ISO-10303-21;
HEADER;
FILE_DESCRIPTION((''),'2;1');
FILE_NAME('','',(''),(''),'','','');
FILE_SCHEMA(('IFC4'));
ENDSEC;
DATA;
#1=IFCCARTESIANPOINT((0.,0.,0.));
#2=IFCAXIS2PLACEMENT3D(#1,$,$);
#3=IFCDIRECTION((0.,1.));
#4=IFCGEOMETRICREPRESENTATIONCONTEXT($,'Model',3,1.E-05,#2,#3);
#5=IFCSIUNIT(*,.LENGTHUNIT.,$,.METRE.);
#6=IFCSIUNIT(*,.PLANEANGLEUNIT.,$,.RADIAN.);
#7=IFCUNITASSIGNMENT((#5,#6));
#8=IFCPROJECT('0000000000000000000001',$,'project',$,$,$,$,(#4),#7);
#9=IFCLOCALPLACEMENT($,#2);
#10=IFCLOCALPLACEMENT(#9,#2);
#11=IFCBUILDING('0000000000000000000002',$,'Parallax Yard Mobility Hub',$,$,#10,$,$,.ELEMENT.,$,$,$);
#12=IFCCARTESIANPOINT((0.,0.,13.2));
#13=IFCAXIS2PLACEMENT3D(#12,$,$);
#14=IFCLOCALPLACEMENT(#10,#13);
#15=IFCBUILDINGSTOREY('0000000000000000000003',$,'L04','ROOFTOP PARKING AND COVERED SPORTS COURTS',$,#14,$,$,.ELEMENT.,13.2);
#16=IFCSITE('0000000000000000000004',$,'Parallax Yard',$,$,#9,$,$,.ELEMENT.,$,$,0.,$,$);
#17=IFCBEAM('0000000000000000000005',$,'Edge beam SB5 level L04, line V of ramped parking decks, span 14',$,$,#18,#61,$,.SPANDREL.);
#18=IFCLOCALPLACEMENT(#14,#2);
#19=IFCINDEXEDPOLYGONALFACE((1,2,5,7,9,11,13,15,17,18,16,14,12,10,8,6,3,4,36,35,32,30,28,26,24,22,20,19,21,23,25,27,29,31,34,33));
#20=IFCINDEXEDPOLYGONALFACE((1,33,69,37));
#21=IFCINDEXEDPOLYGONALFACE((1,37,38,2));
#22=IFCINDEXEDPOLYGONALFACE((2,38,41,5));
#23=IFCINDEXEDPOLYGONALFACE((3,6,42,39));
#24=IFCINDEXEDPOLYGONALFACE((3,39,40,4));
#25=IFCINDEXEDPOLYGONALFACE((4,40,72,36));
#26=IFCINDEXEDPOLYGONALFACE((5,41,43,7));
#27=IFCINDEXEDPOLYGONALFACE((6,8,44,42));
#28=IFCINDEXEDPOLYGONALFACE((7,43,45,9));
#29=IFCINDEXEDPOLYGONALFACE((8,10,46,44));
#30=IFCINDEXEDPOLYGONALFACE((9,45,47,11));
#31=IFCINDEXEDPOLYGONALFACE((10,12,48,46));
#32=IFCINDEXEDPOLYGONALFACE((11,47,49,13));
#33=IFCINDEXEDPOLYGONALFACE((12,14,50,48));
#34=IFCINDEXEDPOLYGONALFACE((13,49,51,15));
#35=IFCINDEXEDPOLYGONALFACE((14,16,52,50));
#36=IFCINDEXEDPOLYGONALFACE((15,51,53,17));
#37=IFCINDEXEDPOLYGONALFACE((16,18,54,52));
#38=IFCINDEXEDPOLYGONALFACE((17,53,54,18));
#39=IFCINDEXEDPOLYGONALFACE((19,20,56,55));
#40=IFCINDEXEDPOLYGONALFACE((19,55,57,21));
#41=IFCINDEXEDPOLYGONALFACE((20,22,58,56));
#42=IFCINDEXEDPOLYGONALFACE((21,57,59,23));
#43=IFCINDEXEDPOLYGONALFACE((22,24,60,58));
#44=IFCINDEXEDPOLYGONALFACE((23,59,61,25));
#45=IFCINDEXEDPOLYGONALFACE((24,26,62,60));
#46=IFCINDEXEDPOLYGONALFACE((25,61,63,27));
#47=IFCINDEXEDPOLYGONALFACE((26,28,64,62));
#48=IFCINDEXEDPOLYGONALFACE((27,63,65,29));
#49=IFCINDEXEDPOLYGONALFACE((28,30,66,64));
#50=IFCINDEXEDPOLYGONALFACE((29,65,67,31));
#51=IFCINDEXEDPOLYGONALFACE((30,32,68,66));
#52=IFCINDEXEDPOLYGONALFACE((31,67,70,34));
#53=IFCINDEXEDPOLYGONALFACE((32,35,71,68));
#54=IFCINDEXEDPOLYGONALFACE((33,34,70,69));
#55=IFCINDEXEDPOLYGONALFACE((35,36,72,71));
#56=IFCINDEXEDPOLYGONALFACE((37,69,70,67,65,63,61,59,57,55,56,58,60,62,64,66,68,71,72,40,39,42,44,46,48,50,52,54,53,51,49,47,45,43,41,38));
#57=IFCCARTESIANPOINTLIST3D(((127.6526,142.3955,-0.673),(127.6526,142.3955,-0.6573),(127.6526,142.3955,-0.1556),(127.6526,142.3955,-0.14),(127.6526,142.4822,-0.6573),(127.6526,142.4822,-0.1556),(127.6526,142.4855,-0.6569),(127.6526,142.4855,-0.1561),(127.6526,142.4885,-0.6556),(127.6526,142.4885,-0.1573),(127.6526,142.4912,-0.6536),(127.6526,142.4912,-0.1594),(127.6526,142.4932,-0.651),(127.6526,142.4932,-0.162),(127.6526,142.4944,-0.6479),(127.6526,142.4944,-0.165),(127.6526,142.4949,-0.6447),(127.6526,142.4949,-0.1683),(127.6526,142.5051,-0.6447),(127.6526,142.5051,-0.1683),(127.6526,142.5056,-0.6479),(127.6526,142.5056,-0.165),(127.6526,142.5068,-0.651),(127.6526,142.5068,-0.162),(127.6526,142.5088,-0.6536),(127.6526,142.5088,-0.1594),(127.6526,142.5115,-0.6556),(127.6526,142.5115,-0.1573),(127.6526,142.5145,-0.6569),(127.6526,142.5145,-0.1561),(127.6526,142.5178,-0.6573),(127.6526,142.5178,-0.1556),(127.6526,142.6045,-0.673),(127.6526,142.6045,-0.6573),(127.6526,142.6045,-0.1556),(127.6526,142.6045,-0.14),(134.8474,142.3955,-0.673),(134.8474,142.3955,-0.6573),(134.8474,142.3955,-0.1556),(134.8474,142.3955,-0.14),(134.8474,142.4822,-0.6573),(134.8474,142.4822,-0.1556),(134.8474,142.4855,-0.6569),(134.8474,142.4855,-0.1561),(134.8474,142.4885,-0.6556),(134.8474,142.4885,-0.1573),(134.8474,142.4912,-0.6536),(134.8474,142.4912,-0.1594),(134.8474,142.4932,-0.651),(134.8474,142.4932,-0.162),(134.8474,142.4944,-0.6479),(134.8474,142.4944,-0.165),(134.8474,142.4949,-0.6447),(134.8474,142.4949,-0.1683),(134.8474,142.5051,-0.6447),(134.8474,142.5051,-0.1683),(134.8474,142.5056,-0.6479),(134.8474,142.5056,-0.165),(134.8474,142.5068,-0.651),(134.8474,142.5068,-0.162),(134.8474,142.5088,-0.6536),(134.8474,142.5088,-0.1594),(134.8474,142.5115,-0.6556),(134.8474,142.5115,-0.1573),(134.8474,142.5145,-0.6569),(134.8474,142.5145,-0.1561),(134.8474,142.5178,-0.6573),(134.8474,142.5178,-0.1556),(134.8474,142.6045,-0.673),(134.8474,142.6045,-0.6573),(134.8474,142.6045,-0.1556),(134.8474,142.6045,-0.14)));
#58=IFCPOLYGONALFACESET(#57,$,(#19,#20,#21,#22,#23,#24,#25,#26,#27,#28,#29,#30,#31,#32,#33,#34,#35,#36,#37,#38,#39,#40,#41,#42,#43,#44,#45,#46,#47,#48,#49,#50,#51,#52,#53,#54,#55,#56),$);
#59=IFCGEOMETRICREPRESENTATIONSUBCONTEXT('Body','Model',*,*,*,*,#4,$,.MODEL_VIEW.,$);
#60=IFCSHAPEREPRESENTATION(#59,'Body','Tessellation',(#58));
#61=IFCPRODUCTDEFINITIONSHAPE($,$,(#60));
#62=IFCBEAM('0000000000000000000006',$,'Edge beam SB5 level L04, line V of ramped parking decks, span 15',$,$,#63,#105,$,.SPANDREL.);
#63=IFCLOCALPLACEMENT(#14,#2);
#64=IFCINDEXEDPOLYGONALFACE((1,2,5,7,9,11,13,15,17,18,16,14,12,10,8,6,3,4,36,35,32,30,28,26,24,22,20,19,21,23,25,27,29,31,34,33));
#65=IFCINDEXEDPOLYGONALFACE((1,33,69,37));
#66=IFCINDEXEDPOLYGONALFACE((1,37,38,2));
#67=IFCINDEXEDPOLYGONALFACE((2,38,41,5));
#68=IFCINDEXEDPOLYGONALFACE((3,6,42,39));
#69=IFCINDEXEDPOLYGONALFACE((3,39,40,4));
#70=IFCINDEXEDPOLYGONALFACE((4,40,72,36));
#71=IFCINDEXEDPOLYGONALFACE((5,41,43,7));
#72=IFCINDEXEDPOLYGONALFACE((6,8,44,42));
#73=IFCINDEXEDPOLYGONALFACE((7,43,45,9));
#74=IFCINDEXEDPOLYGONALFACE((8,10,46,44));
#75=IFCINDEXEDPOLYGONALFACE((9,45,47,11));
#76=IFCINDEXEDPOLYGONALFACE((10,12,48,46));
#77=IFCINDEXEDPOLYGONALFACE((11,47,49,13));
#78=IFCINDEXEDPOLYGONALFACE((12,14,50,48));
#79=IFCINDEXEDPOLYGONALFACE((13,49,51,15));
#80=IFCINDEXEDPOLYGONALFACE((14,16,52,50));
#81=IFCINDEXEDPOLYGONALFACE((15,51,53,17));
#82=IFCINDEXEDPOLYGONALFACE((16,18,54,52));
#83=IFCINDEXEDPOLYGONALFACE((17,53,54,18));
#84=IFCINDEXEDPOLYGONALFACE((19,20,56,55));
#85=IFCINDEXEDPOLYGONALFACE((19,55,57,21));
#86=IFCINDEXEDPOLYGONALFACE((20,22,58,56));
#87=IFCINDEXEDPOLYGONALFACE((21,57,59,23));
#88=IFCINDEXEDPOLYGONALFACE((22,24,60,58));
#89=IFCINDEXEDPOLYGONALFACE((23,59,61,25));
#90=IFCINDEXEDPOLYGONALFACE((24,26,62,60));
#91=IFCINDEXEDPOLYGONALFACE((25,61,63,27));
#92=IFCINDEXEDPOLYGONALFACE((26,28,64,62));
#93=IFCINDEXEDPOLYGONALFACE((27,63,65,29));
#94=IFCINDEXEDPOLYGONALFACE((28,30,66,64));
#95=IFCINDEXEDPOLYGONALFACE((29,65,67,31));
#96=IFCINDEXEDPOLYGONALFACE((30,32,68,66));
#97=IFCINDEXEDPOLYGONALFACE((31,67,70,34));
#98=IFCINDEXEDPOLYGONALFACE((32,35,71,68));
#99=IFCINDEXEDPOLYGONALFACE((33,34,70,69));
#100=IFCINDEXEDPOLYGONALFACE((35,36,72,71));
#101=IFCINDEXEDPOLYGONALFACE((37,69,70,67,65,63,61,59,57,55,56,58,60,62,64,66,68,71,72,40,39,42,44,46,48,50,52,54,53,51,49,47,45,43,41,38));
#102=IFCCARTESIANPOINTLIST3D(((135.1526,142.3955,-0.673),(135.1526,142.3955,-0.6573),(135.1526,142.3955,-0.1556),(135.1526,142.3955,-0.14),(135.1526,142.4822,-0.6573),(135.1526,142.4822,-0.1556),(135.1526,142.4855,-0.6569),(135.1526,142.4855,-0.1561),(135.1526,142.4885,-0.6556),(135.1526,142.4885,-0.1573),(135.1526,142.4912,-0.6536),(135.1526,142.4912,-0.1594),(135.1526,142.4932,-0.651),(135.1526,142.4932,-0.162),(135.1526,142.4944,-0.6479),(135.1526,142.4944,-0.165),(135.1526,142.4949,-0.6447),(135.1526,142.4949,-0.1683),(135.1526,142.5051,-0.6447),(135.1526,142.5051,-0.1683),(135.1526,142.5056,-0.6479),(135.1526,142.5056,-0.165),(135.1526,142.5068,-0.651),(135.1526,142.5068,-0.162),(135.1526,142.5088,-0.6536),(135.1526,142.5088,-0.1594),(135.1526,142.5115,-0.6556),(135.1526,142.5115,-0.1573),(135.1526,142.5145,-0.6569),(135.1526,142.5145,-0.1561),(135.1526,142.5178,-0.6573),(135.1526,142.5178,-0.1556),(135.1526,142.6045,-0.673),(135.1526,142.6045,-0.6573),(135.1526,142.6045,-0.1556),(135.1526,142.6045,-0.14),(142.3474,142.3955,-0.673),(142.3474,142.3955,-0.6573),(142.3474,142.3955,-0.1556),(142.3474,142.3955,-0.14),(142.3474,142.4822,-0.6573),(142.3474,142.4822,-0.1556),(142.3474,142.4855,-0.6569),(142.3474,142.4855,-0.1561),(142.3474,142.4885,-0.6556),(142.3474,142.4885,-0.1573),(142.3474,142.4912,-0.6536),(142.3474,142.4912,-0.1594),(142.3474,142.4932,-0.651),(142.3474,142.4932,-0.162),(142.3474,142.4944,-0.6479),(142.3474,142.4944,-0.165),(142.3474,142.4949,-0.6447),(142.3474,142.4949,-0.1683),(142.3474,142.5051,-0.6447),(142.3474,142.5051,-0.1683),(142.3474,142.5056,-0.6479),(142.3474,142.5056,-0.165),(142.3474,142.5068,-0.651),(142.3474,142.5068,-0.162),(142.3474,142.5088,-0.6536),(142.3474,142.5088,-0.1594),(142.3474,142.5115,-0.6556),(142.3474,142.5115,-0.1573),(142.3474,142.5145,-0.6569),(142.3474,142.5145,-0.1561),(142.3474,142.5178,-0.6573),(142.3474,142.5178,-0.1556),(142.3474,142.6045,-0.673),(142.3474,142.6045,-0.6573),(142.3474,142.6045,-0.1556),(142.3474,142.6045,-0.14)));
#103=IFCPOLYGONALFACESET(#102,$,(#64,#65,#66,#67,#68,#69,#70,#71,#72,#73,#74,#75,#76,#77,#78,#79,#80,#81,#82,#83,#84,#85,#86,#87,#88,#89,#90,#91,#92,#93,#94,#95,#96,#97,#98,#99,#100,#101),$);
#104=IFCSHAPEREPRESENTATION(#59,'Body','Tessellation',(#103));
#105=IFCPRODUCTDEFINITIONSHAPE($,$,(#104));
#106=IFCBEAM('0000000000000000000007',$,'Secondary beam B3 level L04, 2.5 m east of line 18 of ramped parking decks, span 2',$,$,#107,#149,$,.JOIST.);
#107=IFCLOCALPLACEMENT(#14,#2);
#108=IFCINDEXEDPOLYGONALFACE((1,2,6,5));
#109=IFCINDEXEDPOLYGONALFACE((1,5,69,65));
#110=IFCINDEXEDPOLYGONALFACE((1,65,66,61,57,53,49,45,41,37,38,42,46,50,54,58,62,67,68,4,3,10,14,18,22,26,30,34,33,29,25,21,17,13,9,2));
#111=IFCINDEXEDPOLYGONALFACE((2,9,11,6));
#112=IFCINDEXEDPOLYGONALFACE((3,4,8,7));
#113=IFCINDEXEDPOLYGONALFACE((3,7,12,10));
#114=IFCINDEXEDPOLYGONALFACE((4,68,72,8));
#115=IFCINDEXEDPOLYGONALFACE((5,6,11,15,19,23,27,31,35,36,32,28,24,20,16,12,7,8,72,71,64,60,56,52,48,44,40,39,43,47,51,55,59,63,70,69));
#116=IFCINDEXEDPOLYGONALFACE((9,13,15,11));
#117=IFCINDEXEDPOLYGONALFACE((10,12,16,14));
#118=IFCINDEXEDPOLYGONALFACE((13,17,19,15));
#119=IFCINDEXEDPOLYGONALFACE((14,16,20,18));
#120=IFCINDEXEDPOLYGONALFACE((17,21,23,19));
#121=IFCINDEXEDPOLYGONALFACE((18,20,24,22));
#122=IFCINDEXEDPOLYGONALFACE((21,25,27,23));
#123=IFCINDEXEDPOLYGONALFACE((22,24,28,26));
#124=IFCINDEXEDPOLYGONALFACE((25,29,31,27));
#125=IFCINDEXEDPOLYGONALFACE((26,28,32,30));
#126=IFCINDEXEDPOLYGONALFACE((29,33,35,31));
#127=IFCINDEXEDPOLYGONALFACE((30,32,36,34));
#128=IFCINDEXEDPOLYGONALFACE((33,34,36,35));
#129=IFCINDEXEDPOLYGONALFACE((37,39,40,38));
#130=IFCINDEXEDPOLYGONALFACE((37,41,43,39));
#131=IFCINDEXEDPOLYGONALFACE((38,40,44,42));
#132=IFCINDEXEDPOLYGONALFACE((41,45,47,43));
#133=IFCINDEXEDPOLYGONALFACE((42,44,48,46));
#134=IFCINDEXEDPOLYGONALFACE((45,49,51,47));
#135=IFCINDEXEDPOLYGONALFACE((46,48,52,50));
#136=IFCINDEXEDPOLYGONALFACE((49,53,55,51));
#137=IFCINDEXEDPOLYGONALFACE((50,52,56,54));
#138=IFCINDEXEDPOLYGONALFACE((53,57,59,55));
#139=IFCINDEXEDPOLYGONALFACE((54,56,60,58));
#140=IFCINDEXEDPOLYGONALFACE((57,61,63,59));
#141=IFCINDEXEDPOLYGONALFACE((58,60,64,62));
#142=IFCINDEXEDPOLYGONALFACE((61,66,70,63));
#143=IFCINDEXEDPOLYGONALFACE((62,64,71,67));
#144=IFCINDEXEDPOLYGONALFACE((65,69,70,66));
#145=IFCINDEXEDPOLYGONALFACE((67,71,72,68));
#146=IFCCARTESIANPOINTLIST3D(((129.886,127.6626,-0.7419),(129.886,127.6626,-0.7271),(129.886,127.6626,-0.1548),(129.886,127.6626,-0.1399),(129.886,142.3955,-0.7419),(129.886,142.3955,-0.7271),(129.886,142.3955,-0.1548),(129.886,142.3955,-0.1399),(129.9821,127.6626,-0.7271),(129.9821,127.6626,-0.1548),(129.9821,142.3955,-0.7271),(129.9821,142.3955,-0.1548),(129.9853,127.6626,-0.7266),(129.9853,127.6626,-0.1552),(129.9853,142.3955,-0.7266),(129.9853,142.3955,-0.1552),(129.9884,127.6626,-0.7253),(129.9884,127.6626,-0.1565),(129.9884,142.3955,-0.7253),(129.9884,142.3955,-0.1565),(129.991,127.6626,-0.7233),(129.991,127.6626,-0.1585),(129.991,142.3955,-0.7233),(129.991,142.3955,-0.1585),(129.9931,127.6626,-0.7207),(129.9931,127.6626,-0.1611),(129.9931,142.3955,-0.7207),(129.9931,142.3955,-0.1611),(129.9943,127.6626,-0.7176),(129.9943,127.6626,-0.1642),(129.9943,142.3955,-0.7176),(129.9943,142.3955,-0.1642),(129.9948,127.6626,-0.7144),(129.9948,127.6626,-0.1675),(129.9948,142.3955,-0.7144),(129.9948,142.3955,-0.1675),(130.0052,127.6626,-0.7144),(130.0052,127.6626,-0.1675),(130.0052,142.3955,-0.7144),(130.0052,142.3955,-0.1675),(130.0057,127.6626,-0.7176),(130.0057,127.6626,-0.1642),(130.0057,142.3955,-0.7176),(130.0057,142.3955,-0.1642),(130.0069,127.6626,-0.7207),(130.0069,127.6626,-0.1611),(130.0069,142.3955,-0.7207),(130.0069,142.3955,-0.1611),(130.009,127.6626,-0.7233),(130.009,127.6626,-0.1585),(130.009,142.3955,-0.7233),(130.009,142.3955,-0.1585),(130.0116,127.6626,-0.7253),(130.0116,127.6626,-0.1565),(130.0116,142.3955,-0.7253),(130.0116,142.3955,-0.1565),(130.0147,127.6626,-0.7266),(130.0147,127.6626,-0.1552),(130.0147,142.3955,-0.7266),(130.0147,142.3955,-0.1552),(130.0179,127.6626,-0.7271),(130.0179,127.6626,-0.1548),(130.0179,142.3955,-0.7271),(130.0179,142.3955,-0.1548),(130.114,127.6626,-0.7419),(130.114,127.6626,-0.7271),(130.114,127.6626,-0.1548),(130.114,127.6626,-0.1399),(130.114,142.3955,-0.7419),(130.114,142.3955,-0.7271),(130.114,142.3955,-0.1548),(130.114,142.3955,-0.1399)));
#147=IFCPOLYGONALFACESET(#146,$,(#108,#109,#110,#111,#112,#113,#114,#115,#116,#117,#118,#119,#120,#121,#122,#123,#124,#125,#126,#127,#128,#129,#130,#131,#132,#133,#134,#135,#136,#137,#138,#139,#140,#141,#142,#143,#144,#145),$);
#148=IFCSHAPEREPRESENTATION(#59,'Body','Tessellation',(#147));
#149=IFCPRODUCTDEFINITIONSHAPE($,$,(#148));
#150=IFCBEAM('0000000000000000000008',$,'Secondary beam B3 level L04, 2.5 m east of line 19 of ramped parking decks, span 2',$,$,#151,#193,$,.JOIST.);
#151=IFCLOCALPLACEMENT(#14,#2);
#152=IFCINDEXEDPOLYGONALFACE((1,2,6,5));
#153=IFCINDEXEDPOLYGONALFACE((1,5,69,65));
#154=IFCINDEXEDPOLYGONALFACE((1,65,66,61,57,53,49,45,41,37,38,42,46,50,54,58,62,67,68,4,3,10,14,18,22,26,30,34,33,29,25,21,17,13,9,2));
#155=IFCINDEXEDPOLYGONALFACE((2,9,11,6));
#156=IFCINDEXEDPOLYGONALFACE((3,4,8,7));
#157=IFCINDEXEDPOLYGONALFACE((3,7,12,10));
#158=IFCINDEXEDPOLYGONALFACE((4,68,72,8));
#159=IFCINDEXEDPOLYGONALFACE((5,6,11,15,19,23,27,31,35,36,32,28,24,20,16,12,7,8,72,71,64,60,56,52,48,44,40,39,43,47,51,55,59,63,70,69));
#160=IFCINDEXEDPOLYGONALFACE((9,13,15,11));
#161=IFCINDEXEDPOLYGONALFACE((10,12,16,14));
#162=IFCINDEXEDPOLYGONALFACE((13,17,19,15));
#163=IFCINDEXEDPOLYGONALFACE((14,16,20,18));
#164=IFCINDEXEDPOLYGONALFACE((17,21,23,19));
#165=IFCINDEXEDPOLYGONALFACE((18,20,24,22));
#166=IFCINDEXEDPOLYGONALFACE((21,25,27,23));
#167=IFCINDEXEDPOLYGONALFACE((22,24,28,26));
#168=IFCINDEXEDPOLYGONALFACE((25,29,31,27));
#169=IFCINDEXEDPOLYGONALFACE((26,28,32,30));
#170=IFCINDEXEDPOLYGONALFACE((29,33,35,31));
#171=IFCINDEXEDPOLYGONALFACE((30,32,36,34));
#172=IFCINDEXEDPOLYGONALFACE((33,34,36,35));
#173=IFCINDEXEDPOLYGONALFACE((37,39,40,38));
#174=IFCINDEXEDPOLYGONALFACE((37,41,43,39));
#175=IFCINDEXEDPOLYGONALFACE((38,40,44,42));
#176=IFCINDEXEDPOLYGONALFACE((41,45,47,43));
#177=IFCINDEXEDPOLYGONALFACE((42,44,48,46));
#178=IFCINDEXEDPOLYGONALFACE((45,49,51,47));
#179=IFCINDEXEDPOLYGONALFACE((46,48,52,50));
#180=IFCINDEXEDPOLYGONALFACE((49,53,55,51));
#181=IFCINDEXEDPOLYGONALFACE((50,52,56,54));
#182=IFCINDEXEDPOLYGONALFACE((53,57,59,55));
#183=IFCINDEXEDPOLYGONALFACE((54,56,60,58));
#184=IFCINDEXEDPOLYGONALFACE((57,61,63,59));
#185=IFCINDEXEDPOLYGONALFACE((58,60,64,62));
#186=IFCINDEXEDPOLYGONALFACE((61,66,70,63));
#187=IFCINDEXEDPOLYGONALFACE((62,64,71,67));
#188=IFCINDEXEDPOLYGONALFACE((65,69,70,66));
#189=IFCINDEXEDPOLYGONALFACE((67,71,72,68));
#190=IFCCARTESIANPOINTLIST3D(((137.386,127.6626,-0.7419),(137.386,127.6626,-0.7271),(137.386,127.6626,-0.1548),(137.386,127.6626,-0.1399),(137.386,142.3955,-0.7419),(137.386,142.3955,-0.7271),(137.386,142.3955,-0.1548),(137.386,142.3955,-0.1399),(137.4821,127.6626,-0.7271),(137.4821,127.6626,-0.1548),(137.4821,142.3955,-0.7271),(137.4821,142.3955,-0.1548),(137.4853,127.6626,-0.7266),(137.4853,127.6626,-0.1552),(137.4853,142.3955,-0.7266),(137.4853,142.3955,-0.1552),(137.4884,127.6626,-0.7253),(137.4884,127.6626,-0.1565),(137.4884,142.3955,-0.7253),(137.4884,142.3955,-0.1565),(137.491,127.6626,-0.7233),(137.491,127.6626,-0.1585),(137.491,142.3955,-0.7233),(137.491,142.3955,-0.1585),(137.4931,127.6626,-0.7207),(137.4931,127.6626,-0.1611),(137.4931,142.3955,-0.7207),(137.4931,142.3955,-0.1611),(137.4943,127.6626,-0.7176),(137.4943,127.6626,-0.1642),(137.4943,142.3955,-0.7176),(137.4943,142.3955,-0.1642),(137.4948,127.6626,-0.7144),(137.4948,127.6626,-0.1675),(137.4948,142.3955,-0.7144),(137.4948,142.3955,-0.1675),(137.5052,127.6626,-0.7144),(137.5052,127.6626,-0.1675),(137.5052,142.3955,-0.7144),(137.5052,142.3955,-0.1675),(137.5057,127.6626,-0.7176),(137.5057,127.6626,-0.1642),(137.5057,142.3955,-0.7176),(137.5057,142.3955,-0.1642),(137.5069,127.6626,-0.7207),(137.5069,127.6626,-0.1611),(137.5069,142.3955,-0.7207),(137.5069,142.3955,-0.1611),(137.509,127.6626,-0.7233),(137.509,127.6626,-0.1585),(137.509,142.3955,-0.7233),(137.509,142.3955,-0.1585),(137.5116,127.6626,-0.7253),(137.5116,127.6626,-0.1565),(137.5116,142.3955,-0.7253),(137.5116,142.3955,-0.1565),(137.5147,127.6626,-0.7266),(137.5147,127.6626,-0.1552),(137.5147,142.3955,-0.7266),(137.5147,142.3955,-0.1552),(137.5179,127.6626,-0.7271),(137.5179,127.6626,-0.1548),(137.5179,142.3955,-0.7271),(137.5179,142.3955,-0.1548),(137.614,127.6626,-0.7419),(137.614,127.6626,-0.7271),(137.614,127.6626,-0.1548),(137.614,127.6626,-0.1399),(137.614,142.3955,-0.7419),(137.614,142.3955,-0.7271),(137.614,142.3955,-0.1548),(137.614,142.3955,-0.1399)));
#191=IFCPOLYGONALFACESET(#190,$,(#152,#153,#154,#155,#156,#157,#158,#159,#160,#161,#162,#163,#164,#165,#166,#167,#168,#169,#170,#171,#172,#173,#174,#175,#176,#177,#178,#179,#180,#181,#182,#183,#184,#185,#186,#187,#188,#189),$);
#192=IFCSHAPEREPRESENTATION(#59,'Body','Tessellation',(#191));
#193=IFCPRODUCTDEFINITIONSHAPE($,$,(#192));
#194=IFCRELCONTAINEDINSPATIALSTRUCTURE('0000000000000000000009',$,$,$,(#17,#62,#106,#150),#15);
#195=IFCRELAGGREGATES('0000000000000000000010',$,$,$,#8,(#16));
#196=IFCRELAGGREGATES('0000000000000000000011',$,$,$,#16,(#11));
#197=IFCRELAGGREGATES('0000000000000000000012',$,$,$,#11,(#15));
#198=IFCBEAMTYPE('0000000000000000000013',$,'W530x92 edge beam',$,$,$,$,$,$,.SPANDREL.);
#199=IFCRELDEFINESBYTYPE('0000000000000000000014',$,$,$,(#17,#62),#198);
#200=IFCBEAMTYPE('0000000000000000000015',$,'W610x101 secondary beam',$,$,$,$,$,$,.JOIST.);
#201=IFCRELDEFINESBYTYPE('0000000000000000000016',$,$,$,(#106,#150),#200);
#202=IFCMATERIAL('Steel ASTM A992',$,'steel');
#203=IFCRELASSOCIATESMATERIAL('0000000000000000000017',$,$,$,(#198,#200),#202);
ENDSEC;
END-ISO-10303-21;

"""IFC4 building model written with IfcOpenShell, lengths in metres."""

from ifc_helpers import new_model, si_unit, direction, frame, origin, origin_2d, place, context, subcontext, project, spatial, i_section, extrude, material, material_profile, profile_set, type_object, element, save


model = new_model("IFC4")

# Units and contexts
model_context = context("Model", 3, precision=1e-05, world=origin(), true_north=direction((0.0, 1.0)))
body_context = subcontext(model_context, "Body", "Model", "MODEL_VIEW")
ifc_project = project(units=[si_unit("LENGTHUNIT", "METRE"), si_unit("PLANEANGLEUNIT", "RADIAN")], contexts=[model_context])

# Site, building, storey
site_placement = place(None, origin())
site = spatial("IfcSite", under=ifc_project, at=site_placement, Name="Parallax Yard", CompositionType="ELEMENT", RefElevation=0.0)
building_placement = place(site_placement, origin())
building = spatial("IfcBuilding", under=site, at=building_placement, Name="Parallax Yard Mobility Hub", CompositionType="ELEMENT")
storey_placement = place(building_placement, frame((0.0, 0.0, 13.2)))
storey = spatial("IfcBuildingStorey", under=building, at=storey_placement, Name="L04", Description="ROOFTOP PARKING AND COVERED SPORTS COURTS", CompositionType="ELEMENT", Elevation=13.2)

# Beams
ifc_material_1 = material(Name="Steel ASTM A992", Category="steel")
ifc_material_profile_1 = material_profile(ifc_material_1, i_section(OverallWidth=0.209, OverallDepth=0.533, WebThickness=0.0103, FlangeThickness=0.0156, FilletRadius=0.0127, at=origin_2d()), Name="W530x92")
ifc_profile_set_1 = profile_set([ifc_material_profile_1], Name="Steel ASTM A992")
beam_type_1 = type_object("IfcBeamType", Name="W530x92 edge beam", PredefinedType="SPANDREL", material=ifc_profile_set_1)
for number, where, z_axis, x_axis, name in (
    (1, (127.6526, 142.5, -0.4065), (1.0, 0.0, 0.0), (0.0, 1.0, 0.0), "Edge beam SB5 level L04, line V of ramped parking decks, span 14"),
    (2, (135.1526, 142.5, -0.4065), (1.0, 0.0, 0.0), (0.0, 1.0, 0.0), "Edge beam SB5 level L04, line V of ramped parking decks, span 15"),
):
    element("IfcBeam", number, at=place(storey_placement, frame(where, z_axis=z_axis, x_axis=x_axis)), inside=storey, type_object=beam_type_1, Name=name, PredefinedType="SPANDREL", context=body_context, shape_type="SweptSolid", body=[
        extrude(i_section(OverallWidth=0.209, OverallDepth=0.533, WebThickness=0.0103, FlangeThickness=0.0156, FilletRadius=0.0127, at=origin_2d()), origin(), (0.0, 0.0, 1.0), 7.1948),
    ])
ifc_material_profile_2 = material_profile(ifc_material_1, i_section(OverallWidth=0.228, OverallDepth=0.6021, WebThickness=0.0105, FlangeThickness=0.0149, FilletRadius=0.0127, at=origin_2d()), Name="W610x101")
ifc_profile_set_2 = profile_set([ifc_material_profile_2], Name="Steel ASTM A992")
beam_type_2 = type_object("IfcBeamType", Name="W610x101 secondary beam", PredefinedType="JOIST", material=ifc_profile_set_2)
for number, where, z_axis, x_axis, name in (
    (3, (130.0, 127.6626, -0.4409), (0.0, 1.0, 0.0), (-1.0, 0.0, 0.0), "Secondary beam B3 level L04, 2.5 m east of line 18 of ramped parking decks, span 2"),
    (4, (137.5, 127.6626, -0.4409), (0.0, 1.0, 0.0), (-1.0, 0.0, 0.0), "Secondary beam B3 level L04, 2.5 m east of line 19 of ramped parking decks, span 2"),
):
    element("IfcBeam", number, at=place(storey_placement, frame(where, z_axis=z_axis, x_axis=x_axis)), inside=storey, type_object=beam_type_2, Name=name, PredefinedType="JOIST", context=body_context, shape_type="SweptSolid", body=[
        extrude(i_section(OverallWidth=0.228, OverallDepth=0.6021, WebThickness=0.0105, FlangeThickness=0.0149, FilletRadius=0.0127, at=origin_2d()), origin(), (0.0, 0.0, 1.0), 14.7329),
    ])

save(model, "model.ifc")
